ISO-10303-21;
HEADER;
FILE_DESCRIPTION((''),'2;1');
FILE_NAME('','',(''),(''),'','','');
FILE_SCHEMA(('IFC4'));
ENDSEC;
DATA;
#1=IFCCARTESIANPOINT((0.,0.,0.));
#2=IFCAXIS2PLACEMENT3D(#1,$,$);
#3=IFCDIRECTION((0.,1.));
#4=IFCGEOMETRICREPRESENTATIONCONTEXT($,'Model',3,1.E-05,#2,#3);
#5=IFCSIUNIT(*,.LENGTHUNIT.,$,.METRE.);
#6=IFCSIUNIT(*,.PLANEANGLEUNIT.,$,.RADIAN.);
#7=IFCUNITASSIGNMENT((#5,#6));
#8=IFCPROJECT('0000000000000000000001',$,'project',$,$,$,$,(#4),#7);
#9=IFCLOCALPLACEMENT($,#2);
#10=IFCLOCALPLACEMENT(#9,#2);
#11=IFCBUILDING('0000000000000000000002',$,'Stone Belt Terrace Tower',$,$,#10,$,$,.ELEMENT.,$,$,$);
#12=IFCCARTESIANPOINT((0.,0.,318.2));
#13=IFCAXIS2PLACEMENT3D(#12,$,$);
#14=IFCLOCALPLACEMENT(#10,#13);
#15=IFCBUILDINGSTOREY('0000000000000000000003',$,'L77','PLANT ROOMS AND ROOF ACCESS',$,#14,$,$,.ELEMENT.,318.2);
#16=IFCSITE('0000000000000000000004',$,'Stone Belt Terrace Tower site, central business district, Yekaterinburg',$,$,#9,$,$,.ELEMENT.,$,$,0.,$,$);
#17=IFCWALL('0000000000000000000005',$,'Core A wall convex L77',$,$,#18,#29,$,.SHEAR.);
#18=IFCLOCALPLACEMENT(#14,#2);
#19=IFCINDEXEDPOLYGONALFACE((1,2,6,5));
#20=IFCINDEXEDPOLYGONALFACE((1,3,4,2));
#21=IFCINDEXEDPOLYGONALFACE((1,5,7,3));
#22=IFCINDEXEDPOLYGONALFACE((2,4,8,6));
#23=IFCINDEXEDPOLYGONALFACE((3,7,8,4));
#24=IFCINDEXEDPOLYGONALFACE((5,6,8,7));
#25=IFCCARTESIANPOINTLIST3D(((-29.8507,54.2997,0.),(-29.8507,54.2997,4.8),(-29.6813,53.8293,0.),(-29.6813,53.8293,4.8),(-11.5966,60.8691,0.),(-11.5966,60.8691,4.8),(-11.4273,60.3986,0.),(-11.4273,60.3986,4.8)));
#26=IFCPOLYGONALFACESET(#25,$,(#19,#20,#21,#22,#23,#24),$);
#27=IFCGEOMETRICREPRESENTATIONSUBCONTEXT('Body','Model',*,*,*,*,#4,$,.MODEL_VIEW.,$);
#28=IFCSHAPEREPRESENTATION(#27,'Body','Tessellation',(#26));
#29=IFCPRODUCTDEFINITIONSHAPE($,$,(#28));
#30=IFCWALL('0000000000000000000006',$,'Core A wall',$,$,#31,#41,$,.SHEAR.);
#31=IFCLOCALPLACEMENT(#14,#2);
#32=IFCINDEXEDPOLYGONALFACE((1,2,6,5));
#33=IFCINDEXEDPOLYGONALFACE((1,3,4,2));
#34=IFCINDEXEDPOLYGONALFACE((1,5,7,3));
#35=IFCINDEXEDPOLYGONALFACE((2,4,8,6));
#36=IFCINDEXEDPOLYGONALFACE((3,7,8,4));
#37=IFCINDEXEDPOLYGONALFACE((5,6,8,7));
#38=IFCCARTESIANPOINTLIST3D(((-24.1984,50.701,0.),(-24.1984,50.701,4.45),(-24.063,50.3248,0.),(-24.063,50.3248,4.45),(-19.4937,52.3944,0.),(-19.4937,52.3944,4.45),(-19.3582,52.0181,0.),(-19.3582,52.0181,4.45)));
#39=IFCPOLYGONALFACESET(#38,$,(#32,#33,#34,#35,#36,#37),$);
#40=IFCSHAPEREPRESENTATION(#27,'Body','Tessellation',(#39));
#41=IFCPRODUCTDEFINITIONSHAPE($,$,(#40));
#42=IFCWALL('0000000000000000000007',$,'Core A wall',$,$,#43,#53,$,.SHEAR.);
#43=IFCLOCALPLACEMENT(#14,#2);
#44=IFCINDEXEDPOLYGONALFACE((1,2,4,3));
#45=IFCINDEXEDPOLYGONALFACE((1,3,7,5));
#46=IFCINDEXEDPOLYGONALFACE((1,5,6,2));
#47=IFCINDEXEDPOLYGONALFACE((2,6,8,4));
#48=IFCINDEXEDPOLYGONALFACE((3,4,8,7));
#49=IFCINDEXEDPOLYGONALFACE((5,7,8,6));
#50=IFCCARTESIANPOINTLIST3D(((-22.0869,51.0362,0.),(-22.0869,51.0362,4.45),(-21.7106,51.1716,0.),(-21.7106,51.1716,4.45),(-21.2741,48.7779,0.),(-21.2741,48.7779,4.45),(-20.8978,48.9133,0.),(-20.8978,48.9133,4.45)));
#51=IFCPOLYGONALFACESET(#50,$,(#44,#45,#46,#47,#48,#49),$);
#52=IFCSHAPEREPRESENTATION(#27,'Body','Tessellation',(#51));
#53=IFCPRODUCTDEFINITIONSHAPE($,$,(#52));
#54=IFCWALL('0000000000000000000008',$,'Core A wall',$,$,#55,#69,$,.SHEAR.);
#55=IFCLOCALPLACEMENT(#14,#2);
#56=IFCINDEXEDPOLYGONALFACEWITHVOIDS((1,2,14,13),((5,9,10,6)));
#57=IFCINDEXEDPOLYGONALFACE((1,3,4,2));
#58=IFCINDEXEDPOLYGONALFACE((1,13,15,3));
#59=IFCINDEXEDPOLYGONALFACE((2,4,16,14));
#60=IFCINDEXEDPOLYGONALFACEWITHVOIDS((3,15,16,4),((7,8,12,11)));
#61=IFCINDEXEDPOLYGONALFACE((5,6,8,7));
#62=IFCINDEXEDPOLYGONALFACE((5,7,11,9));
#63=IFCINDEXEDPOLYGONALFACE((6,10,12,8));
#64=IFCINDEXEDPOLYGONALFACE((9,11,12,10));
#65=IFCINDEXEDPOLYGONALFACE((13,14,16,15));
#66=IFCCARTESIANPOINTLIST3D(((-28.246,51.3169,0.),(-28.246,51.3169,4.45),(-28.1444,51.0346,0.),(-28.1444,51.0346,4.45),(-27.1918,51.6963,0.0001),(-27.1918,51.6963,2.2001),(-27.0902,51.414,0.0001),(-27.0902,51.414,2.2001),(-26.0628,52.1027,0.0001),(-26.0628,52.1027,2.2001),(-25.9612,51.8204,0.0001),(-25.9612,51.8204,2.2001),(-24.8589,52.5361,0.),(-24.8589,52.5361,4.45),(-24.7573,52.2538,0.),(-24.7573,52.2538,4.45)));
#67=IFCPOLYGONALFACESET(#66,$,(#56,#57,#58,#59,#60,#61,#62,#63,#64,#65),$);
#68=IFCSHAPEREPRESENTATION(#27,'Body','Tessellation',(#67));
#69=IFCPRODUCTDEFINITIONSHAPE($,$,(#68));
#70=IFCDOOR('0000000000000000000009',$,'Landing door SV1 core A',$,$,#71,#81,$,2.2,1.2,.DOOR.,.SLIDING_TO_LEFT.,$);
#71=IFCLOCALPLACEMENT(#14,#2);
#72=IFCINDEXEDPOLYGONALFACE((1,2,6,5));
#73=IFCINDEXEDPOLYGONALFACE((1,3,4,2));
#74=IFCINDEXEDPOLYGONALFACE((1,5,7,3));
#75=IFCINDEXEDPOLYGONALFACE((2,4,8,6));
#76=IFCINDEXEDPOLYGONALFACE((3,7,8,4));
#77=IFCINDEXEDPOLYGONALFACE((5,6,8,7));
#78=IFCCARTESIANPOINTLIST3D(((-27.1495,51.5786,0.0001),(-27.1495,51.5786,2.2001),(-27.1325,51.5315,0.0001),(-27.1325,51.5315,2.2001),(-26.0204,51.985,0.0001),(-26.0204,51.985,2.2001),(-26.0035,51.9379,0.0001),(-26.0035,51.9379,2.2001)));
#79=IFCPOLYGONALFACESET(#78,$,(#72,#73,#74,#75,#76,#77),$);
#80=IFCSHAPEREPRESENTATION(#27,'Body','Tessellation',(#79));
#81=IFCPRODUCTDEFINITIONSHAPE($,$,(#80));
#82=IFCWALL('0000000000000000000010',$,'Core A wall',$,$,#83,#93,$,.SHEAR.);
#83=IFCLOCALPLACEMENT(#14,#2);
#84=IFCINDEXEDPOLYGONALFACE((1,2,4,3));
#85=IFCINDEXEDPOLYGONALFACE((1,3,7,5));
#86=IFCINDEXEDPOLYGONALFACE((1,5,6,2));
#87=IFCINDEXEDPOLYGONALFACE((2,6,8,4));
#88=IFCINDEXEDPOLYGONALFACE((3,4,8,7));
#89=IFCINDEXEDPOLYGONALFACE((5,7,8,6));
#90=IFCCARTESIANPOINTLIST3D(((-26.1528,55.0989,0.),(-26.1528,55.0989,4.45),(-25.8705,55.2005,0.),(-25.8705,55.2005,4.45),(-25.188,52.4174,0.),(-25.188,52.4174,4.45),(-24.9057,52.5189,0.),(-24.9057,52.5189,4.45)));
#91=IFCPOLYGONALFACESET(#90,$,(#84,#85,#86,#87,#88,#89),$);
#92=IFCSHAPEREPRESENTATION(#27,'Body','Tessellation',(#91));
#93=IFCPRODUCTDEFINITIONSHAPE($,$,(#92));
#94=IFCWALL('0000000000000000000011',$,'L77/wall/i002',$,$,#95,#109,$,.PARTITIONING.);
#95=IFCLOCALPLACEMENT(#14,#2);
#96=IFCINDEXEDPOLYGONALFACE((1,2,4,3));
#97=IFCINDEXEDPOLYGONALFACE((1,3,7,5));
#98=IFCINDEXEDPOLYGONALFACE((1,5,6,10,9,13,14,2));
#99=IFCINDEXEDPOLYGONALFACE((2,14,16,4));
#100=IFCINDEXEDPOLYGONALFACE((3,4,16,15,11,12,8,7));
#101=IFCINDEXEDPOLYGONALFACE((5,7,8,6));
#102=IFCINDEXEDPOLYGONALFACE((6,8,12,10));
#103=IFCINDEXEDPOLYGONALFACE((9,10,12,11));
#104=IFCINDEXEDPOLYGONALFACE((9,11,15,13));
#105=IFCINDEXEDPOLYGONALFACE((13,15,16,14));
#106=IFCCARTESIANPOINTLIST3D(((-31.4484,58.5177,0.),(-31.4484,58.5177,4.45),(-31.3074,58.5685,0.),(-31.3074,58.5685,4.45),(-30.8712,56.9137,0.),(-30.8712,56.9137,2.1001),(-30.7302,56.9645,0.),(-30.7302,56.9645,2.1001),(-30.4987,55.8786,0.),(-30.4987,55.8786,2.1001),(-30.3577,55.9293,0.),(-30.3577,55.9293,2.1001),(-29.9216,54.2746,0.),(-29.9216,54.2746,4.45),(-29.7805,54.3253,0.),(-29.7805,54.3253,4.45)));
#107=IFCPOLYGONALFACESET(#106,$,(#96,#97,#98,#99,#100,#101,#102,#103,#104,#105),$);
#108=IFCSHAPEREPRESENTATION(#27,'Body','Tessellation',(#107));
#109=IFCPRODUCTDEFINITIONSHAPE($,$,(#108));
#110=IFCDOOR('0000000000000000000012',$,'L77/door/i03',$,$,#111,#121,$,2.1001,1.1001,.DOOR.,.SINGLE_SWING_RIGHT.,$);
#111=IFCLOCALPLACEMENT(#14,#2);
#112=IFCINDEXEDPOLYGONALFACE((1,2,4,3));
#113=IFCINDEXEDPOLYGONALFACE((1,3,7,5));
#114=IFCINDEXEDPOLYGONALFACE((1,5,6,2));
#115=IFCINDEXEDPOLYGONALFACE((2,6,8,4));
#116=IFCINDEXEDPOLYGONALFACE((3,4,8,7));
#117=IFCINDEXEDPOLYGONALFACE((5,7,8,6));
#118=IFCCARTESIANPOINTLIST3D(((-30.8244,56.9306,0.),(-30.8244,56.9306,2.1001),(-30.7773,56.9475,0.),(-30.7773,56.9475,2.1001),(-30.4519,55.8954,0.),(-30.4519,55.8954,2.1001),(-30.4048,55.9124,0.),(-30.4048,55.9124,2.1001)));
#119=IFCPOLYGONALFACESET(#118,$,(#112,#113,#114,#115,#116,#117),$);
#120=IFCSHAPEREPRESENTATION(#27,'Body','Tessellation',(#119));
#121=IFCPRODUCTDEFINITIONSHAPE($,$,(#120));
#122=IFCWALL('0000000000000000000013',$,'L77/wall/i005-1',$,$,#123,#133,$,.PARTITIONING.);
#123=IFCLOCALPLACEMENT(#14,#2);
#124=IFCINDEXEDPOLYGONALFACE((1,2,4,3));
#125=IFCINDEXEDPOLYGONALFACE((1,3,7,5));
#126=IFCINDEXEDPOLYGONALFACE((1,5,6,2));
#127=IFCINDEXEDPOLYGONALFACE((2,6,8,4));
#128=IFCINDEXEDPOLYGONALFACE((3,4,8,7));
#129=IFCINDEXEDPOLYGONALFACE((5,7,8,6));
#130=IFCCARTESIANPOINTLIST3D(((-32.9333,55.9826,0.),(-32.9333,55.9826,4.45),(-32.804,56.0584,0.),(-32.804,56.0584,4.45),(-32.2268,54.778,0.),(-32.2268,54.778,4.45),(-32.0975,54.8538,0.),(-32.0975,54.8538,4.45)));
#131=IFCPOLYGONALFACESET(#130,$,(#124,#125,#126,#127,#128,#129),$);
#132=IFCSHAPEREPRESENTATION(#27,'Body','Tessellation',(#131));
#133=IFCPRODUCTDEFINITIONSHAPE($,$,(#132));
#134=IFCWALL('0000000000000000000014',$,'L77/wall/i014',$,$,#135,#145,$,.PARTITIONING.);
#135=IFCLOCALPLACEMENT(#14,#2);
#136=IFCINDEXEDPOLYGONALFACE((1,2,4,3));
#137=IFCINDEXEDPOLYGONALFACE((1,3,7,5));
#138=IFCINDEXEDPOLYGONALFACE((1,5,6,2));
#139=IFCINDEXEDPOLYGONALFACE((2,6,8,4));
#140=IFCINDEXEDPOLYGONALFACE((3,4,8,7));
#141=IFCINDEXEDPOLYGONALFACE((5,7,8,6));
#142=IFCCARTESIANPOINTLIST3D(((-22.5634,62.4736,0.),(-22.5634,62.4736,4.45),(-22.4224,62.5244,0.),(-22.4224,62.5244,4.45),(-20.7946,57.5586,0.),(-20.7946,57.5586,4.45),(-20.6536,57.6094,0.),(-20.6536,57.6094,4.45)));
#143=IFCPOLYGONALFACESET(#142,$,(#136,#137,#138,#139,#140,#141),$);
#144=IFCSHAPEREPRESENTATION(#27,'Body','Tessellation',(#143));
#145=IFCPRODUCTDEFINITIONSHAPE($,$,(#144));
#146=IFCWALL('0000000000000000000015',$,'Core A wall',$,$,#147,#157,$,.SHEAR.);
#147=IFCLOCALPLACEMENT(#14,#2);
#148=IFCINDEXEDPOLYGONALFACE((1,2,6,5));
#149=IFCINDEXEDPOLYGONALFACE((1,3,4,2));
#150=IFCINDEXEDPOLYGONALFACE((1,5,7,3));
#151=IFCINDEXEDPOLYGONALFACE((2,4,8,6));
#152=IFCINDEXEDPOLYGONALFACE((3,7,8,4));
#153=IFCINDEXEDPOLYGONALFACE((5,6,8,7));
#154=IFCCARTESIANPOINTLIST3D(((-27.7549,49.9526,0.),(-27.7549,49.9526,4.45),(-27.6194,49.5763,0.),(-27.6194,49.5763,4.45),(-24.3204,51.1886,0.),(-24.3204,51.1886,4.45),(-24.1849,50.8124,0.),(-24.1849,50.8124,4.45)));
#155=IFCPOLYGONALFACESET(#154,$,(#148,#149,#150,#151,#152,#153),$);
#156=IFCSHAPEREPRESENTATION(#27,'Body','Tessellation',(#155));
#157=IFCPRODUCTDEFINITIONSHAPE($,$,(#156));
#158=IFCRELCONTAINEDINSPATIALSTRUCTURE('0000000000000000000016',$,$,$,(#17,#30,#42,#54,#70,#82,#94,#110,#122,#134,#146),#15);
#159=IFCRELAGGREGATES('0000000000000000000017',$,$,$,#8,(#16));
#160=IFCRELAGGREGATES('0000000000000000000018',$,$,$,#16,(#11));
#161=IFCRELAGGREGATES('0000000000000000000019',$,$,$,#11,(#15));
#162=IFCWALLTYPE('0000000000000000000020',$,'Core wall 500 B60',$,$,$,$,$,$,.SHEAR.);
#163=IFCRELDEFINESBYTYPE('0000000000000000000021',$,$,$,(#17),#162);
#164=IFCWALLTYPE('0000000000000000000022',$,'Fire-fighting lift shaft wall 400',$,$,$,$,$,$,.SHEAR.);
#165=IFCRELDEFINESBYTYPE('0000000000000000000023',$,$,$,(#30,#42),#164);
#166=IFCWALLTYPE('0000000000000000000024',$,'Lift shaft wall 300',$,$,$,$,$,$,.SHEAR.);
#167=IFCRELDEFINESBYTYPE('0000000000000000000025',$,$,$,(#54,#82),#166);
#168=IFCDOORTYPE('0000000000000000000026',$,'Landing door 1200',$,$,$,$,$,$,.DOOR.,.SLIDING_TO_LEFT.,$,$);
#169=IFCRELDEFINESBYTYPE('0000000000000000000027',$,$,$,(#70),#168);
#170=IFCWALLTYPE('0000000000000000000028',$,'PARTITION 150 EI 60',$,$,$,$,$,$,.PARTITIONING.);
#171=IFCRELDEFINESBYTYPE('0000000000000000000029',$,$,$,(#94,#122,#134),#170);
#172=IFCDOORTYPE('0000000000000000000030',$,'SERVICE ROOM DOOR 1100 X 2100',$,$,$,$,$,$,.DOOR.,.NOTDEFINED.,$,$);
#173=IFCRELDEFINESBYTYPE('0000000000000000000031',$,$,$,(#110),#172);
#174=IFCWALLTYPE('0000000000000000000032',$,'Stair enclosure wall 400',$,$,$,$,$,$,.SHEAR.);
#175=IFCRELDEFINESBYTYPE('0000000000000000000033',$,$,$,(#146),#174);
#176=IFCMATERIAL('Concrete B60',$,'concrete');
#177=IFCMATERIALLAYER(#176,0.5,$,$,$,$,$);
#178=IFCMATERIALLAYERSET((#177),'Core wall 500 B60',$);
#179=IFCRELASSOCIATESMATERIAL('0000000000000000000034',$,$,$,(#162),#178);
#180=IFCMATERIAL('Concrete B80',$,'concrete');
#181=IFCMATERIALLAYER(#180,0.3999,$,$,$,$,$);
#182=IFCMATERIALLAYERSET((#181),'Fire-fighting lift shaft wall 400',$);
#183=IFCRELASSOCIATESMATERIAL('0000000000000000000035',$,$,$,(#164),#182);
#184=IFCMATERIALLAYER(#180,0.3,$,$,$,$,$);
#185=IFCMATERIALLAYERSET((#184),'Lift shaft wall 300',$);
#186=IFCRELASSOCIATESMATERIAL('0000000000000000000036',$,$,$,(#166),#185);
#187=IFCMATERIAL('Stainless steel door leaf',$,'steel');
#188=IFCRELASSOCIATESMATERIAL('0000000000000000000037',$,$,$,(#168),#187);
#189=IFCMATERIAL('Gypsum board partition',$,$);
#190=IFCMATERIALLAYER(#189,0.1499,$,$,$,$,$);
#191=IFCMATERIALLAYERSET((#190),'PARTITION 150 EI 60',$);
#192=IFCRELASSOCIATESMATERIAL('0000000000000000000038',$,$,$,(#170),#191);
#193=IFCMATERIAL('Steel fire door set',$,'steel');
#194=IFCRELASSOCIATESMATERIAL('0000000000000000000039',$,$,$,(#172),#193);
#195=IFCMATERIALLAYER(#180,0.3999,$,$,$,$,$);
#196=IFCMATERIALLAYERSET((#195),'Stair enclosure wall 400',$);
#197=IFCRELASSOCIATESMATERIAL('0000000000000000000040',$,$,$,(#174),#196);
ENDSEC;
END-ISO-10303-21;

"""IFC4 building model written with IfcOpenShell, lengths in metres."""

from ifc_helpers import new_model, si_unit, direction, frame, frame_2d, origin, place, context, subcontext, project, spatial, rectangle, extrude, material, layer, layer_set, type_object, element, fill, save


model = new_model("IFC4")

# Units and contexts
model_context = context("Model", 3, precision=1e-05, world=origin(), true_north=direction((0.0, 1.0)))
body_context = subcontext(model_context, "Body", "Model", "MODEL_VIEW")
ifc_project = project(units=[si_unit("LENGTHUNIT", "METRE"), si_unit("PLANEANGLEUNIT", "RADIAN")], contexts=[model_context])

# Site, building, storey
site_placement = place(None, origin())
site = spatial("IfcSite", under=ifc_project, at=site_placement, Name="Stone Belt Terrace Tower site, central business district, Yekaterinburg", CompositionType="ELEMENT", RefElevation=0.0)
building_placement = place(site_placement, origin())
building = spatial("IfcBuilding", under=site, at=building_placement, Name="Stone Belt Terrace Tower", CompositionType="ELEMENT")
storey_placement = place(building_placement, frame((0.0, 0.0, 318.2)))
storey = spatial("IfcBuildingStorey", under=building, at=storey_placement, Name="L77", Description="PLANT ROOMS AND ROOF ACCESS", CompositionType="ELEMENT", Elevation=318.2)

# Shared definitions
ifc_material_1 = material(Name="Concrete B60", Category="concrete")

# Walls
ifc_layer_1 = layer(ifc_material_1, 0.5)
ifc_layer_set_1 = layer_set([ifc_layer_1], Name="Core wall 500 B60")
wall_type_1 = type_object("IfcWallType", Name="Core wall 500 B60", PredefinedType="SHEAR", material=ifc_layer_set_1)
wall_1_placement = place(storey_placement, frame((-29.7661, 54.0645, 0.0), z_axis=(0.0, 0.0, 1.0), x_axis=(0.940921, 0.338625, 0.0)))
element("IfcWall", 1, at=wall_1_placement, inside=storey, type_object=wall_type_1, Name="Core A wall convex L77", PredefinedType="SHEAR", context=body_context, shape_type="SweptSolid", body=[
    extrude(rectangle(XDim=19.4001, YDim=0.5, at=frame_2d((9.7002, 0.0))), origin(), (0.0, 0.0, 1.0), 4.8),
])
ifc_material_2 = material(Name="Concrete B80", Category="concrete")
ifc_layer_2 = layer(ifc_material_2, 0.3999)
ifc_layer_set_2 = layer_set([ifc_layer_2], Name="Fire-fighting lift shaft wall 400")
wall_type_2 = type_object("IfcWallType", Name="Fire-fighting lift shaft wall 400", PredefinedType="SHEAR", material=ifc_layer_set_2)
wall_2_placement = place(storey_placement, frame((-24.1306, 50.5129, 0.0), z_axis=(0.0, 0.0, 1.0), x_axis=(0.940912, 0.338652, 0.0)))
element("IfcWall", 2, at=wall_2_placement, inside=storey, type_object=wall_type_2, Name="Core A wall", PredefinedType="SHEAR", context=body_context, shape_type="SweptSolid", body=[
    extrude(rectangle(XDim=5.0002, YDim=0.3999, at=frame_2d((2.5, 0.0))), origin(), (0.0, 0.0, 1.0), 4.45),
])
wall_3_placement = place(storey_placement, frame((-21.0859, 48.8455, 0.0), z_axis=(0.0, 0.0, 1.0), x_axis=(-0.338629, 0.94092, 0.0)))
element("IfcWall", 3, at=wall_3_placement, inside=storey, type_object=wall_type_2, Name="Core A wall", PredefinedType="SHEAR", context=body_context, shape_type="SweptSolid", body=[
    extrude(rectangle(XDim=2.4001, YDim=0.3999, at=frame_2d((1.2002, 0.0))), origin(), (0.0, 0.0, 1.0), 4.45),
])

# Wall, opening, door
ifc_layer_3 = layer(ifc_material_2, 0.3)
ifc_layer_set_3 = layer_set([ifc_layer_3], Name="Lift shaft wall 300")
wall_type_3 = type_object("IfcWallType", Name="Lift shaft wall 300", PredefinedType="SHEAR", material=ifc_layer_set_3)
wall_4_placement = place(storey_placement, frame((-28.1951, 51.1758, 0.0), z_axis=(0.0, 0.0, 1.0), x_axis=(0.940901, 0.338681, 0.0)))
wall_4 = element("IfcWall", 4, at=wall_4_placement, inside=storey, type_object=wall_type_3, Name="Core A wall", PredefinedType="SHEAR", context=body_context, shape_type="SweptSolid", body=[
    extrude(rectangle(XDim=3.5999, YDim=0.3, at=frame_2d((1.7998, 0.0))), origin(), (0.0, 0.0, 1.0), 4.45),
])
opening_1_placement = place(wall_4_placement, frame((1.1201, 0.0, 0.0)))
opening_1 = element("IfcOpeningElement", 5, at=opening_1_placement, cuts=wall_4, PredefinedType="OPENING", context=body_context, shape_type="SweptSolid", body=[
    extrude(rectangle(XDim=1.2, YDim=2.2, at=frame_2d((0.6001, 1.1001))), frame((0.0, 0.1599, 0.0), z_axis=(0.0, -1.0, 0.0), x_axis=(1.0, 0.0, 0.0)), (0.0, 0.0, 1.0), 0.3201),
])
ifc_material_3 = material(Name="Stainless steel door leaf", Category="steel")
door_type_1 = type_object("IfcDoorType", Name="Landing door 1200", OperationType="SLIDING_TO_LEFT", PredefinedType="DOOR", material=ifc_material_3)
door_1_placement = place(opening_1_placement, origin())
door_1 = element("IfcDoor", 6, at=door_1_placement, inside=storey, type_object=door_type_1, Name="Landing door SV1 core A", OperationType="SLIDING_TO_LEFT", OverallHeight=2.2, OverallWidth=1.2, PredefinedType="DOOR", context=body_context, shape_type="SweptSolid", body=[
    extrude(rectangle(XDim=1.2, YDim=2.2, at=frame_2d((0.6001, 1.1001))), frame((0.0, 0.0249, 0.0), z_axis=(0.0, -1.0, 0.0), x_axis=(1.0, 0.0, 0.0)), (0.0, 0.0, 1.0), 0.05),
])
fill(opening_1, door_1)

# Wall
wall_5_placement = place(storey_placement, frame((-25.0469, 52.4683, 0.0), z_axis=(0.0, 0.0, 1.0), x_axis=(-0.33855, 0.940949, 0.0)))
element("IfcWall", 7, at=wall_5_placement, inside=storey, type_object=wall_type_3, Name="Core A wall", PredefinedType="SHEAR", context=body_context, shape_type="SweptSolid", body=[
    extrude(rectangle(XDim=2.8499, YDim=0.3, at=frame_2d((1.4248, 0.0))), origin(), (0.0, 0.0, 1.0), 4.45),
])

# Wall, opening, door
ifc_material_4 = material(Name="Gypsum board partition")
ifc_layer_4 = layer(ifc_material_4, 0.1499)
ifc_layer_set_4 = layer_set([ifc_layer_4], Name="PARTITION 150 EI 60")
wall_type_4 = type_object("IfcWallType", Name="PARTITION 150 EI 60", PredefinedType="PARTITIONING", material=ifc_layer_set_4)
wall_6_placement = place(storey_placement, frame((-31.3779, 58.5432, 0.0), z_axis=(0.0, 0.0, 1.0), x_axis=(0.338585, -0.940936, 0.0)))
wall_6 = element("IfcWall", 8, at=wall_6_placement, inside=storey, type_object=wall_type_4, Name="L77/wall/i002", PredefinedType="PARTITIONING", context=body_context, shape_type="SweptSolid", body=[
    extrude(rectangle(XDim=4.5095, YDim=0.1499, at=frame_2d((2.2549, 0.0))), origin(), (0.0, 0.0, 1.0), 4.45),
])
opening_2_placement = place(wall_6_placement, frame((1.7048, 0.0, 0.0)))
opening_2 = element("IfcOpeningElement", 9, at=opening_2_placement, cuts=wall_6, PredefinedType="OPENING", context=body_context, shape_type="SweptSolid", body=[
    extrude(rectangle(XDim=1.1001, YDim=2.1001, at=frame_2d((0.55, 1.05))), frame((0.0, 0.085, 0.0), z_axis=(0.0, -1.0, 0.0), x_axis=(1.0, 0.0, 0.0)), (0.0, 0.0, 1.0), 0.1699),
])
ifc_material_5 = material(Name="Steel fire door set", Category="steel")
door_type_2 = type_object("IfcDoorType", Name="SERVICE ROOM DOOR 1100 X 2100", OperationType="NOTDEFINED", PredefinedType="DOOR", material=ifc_material_5)
door_2_placement = place(opening_2_placement, origin())
door_2 = element("IfcDoor", 10, at=door_2_placement, inside=storey, type_object=door_type_2, Name="L77/door/i03", OperationType="SINGLE_SWING_RIGHT", OverallHeight=2.1001, OverallWidth=1.1001, PredefinedType="DOOR", context=body_context, shape_type="SweptSolid", body=[
    extrude(rectangle(XDim=1.1001, YDim=2.1001, at=frame_2d((0.55, 1.05))), frame((0.0, 0.0249, 0.0), z_axis=(0.0, -1.0, 0.0), x_axis=(1.0, 0.0, 0.0)), (0.0, 0.0, 1.0), 0.05),
])
fill(opening_2, door_2)

# Walls
wall_7_placement = place(storey_placement, frame((-32.1621, 54.8159, 0.0), z_axis=(0.0, 0.0, 1.0), x_axis=(-0.505935, 0.862572, 0.0)))
element("IfcWall", 11, at=wall_7_placement, inside=storey, type_object=wall_type_4, Name="L77/wall/i005-1", PredefinedType="PARTITIONING", context=body_context, shape_type="SweptSolid", body=[
    extrude(rectangle(XDim=1.3965, YDim=0.1499, at=frame_2d((0.6982, 0.0))), origin(), (0.0, 0.0, 1.0), 4.45),
])
wall_8_placement = place(storey_placement, frame((-22.4929, 62.499, 0.0), z_axis=(0.0, 0.0, 1.0), x_axis=(0.338615, -0.940925, 0.0)))
element("IfcWall", 12, at=wall_8_placement, inside=storey, type_object=wall_type_4, Name="L77/wall/i014", PredefinedType="PARTITIONING", context=body_context, shape_type="SweptSolid", body=[
    extrude(rectangle(XDim=5.2236, YDim=0.1499, at=frame_2d((2.6118, 0.0))), origin(), (0.0, 0.0, 1.0), 4.45),
])
ifc_layer_5 = layer(ifc_material_2, 0.3999)
ifc_layer_set_5 = layer_set([ifc_layer_5], Name="Stair enclosure wall 400")
wall_type_5 = type_object("IfcWallType", Name="Stair enclosure wall 400", PredefinedType="SHEAR", material=ifc_layer_set_5)
wall_9_placement = place(storey_placement, frame((-27.6873, 49.7644, 0.0), z_axis=(0.0, 0.0, 1.0), x_axis=(0.940919, 0.338632, 0.0)))
element("IfcWall", 13, at=wall_9_placement, inside=storey, type_object=wall_type_5, Name="Core A wall", PredefinedType="SHEAR", context=body_context, shape_type="SweptSolid", body=[
    extrude(rectangle(XDim=3.6501, YDim=0.3999, at=frame_2d((1.8252, 0.0))), origin(), (0.0, 0.0, 1.0), 4.45),
])

save(model, "model.ifc")
